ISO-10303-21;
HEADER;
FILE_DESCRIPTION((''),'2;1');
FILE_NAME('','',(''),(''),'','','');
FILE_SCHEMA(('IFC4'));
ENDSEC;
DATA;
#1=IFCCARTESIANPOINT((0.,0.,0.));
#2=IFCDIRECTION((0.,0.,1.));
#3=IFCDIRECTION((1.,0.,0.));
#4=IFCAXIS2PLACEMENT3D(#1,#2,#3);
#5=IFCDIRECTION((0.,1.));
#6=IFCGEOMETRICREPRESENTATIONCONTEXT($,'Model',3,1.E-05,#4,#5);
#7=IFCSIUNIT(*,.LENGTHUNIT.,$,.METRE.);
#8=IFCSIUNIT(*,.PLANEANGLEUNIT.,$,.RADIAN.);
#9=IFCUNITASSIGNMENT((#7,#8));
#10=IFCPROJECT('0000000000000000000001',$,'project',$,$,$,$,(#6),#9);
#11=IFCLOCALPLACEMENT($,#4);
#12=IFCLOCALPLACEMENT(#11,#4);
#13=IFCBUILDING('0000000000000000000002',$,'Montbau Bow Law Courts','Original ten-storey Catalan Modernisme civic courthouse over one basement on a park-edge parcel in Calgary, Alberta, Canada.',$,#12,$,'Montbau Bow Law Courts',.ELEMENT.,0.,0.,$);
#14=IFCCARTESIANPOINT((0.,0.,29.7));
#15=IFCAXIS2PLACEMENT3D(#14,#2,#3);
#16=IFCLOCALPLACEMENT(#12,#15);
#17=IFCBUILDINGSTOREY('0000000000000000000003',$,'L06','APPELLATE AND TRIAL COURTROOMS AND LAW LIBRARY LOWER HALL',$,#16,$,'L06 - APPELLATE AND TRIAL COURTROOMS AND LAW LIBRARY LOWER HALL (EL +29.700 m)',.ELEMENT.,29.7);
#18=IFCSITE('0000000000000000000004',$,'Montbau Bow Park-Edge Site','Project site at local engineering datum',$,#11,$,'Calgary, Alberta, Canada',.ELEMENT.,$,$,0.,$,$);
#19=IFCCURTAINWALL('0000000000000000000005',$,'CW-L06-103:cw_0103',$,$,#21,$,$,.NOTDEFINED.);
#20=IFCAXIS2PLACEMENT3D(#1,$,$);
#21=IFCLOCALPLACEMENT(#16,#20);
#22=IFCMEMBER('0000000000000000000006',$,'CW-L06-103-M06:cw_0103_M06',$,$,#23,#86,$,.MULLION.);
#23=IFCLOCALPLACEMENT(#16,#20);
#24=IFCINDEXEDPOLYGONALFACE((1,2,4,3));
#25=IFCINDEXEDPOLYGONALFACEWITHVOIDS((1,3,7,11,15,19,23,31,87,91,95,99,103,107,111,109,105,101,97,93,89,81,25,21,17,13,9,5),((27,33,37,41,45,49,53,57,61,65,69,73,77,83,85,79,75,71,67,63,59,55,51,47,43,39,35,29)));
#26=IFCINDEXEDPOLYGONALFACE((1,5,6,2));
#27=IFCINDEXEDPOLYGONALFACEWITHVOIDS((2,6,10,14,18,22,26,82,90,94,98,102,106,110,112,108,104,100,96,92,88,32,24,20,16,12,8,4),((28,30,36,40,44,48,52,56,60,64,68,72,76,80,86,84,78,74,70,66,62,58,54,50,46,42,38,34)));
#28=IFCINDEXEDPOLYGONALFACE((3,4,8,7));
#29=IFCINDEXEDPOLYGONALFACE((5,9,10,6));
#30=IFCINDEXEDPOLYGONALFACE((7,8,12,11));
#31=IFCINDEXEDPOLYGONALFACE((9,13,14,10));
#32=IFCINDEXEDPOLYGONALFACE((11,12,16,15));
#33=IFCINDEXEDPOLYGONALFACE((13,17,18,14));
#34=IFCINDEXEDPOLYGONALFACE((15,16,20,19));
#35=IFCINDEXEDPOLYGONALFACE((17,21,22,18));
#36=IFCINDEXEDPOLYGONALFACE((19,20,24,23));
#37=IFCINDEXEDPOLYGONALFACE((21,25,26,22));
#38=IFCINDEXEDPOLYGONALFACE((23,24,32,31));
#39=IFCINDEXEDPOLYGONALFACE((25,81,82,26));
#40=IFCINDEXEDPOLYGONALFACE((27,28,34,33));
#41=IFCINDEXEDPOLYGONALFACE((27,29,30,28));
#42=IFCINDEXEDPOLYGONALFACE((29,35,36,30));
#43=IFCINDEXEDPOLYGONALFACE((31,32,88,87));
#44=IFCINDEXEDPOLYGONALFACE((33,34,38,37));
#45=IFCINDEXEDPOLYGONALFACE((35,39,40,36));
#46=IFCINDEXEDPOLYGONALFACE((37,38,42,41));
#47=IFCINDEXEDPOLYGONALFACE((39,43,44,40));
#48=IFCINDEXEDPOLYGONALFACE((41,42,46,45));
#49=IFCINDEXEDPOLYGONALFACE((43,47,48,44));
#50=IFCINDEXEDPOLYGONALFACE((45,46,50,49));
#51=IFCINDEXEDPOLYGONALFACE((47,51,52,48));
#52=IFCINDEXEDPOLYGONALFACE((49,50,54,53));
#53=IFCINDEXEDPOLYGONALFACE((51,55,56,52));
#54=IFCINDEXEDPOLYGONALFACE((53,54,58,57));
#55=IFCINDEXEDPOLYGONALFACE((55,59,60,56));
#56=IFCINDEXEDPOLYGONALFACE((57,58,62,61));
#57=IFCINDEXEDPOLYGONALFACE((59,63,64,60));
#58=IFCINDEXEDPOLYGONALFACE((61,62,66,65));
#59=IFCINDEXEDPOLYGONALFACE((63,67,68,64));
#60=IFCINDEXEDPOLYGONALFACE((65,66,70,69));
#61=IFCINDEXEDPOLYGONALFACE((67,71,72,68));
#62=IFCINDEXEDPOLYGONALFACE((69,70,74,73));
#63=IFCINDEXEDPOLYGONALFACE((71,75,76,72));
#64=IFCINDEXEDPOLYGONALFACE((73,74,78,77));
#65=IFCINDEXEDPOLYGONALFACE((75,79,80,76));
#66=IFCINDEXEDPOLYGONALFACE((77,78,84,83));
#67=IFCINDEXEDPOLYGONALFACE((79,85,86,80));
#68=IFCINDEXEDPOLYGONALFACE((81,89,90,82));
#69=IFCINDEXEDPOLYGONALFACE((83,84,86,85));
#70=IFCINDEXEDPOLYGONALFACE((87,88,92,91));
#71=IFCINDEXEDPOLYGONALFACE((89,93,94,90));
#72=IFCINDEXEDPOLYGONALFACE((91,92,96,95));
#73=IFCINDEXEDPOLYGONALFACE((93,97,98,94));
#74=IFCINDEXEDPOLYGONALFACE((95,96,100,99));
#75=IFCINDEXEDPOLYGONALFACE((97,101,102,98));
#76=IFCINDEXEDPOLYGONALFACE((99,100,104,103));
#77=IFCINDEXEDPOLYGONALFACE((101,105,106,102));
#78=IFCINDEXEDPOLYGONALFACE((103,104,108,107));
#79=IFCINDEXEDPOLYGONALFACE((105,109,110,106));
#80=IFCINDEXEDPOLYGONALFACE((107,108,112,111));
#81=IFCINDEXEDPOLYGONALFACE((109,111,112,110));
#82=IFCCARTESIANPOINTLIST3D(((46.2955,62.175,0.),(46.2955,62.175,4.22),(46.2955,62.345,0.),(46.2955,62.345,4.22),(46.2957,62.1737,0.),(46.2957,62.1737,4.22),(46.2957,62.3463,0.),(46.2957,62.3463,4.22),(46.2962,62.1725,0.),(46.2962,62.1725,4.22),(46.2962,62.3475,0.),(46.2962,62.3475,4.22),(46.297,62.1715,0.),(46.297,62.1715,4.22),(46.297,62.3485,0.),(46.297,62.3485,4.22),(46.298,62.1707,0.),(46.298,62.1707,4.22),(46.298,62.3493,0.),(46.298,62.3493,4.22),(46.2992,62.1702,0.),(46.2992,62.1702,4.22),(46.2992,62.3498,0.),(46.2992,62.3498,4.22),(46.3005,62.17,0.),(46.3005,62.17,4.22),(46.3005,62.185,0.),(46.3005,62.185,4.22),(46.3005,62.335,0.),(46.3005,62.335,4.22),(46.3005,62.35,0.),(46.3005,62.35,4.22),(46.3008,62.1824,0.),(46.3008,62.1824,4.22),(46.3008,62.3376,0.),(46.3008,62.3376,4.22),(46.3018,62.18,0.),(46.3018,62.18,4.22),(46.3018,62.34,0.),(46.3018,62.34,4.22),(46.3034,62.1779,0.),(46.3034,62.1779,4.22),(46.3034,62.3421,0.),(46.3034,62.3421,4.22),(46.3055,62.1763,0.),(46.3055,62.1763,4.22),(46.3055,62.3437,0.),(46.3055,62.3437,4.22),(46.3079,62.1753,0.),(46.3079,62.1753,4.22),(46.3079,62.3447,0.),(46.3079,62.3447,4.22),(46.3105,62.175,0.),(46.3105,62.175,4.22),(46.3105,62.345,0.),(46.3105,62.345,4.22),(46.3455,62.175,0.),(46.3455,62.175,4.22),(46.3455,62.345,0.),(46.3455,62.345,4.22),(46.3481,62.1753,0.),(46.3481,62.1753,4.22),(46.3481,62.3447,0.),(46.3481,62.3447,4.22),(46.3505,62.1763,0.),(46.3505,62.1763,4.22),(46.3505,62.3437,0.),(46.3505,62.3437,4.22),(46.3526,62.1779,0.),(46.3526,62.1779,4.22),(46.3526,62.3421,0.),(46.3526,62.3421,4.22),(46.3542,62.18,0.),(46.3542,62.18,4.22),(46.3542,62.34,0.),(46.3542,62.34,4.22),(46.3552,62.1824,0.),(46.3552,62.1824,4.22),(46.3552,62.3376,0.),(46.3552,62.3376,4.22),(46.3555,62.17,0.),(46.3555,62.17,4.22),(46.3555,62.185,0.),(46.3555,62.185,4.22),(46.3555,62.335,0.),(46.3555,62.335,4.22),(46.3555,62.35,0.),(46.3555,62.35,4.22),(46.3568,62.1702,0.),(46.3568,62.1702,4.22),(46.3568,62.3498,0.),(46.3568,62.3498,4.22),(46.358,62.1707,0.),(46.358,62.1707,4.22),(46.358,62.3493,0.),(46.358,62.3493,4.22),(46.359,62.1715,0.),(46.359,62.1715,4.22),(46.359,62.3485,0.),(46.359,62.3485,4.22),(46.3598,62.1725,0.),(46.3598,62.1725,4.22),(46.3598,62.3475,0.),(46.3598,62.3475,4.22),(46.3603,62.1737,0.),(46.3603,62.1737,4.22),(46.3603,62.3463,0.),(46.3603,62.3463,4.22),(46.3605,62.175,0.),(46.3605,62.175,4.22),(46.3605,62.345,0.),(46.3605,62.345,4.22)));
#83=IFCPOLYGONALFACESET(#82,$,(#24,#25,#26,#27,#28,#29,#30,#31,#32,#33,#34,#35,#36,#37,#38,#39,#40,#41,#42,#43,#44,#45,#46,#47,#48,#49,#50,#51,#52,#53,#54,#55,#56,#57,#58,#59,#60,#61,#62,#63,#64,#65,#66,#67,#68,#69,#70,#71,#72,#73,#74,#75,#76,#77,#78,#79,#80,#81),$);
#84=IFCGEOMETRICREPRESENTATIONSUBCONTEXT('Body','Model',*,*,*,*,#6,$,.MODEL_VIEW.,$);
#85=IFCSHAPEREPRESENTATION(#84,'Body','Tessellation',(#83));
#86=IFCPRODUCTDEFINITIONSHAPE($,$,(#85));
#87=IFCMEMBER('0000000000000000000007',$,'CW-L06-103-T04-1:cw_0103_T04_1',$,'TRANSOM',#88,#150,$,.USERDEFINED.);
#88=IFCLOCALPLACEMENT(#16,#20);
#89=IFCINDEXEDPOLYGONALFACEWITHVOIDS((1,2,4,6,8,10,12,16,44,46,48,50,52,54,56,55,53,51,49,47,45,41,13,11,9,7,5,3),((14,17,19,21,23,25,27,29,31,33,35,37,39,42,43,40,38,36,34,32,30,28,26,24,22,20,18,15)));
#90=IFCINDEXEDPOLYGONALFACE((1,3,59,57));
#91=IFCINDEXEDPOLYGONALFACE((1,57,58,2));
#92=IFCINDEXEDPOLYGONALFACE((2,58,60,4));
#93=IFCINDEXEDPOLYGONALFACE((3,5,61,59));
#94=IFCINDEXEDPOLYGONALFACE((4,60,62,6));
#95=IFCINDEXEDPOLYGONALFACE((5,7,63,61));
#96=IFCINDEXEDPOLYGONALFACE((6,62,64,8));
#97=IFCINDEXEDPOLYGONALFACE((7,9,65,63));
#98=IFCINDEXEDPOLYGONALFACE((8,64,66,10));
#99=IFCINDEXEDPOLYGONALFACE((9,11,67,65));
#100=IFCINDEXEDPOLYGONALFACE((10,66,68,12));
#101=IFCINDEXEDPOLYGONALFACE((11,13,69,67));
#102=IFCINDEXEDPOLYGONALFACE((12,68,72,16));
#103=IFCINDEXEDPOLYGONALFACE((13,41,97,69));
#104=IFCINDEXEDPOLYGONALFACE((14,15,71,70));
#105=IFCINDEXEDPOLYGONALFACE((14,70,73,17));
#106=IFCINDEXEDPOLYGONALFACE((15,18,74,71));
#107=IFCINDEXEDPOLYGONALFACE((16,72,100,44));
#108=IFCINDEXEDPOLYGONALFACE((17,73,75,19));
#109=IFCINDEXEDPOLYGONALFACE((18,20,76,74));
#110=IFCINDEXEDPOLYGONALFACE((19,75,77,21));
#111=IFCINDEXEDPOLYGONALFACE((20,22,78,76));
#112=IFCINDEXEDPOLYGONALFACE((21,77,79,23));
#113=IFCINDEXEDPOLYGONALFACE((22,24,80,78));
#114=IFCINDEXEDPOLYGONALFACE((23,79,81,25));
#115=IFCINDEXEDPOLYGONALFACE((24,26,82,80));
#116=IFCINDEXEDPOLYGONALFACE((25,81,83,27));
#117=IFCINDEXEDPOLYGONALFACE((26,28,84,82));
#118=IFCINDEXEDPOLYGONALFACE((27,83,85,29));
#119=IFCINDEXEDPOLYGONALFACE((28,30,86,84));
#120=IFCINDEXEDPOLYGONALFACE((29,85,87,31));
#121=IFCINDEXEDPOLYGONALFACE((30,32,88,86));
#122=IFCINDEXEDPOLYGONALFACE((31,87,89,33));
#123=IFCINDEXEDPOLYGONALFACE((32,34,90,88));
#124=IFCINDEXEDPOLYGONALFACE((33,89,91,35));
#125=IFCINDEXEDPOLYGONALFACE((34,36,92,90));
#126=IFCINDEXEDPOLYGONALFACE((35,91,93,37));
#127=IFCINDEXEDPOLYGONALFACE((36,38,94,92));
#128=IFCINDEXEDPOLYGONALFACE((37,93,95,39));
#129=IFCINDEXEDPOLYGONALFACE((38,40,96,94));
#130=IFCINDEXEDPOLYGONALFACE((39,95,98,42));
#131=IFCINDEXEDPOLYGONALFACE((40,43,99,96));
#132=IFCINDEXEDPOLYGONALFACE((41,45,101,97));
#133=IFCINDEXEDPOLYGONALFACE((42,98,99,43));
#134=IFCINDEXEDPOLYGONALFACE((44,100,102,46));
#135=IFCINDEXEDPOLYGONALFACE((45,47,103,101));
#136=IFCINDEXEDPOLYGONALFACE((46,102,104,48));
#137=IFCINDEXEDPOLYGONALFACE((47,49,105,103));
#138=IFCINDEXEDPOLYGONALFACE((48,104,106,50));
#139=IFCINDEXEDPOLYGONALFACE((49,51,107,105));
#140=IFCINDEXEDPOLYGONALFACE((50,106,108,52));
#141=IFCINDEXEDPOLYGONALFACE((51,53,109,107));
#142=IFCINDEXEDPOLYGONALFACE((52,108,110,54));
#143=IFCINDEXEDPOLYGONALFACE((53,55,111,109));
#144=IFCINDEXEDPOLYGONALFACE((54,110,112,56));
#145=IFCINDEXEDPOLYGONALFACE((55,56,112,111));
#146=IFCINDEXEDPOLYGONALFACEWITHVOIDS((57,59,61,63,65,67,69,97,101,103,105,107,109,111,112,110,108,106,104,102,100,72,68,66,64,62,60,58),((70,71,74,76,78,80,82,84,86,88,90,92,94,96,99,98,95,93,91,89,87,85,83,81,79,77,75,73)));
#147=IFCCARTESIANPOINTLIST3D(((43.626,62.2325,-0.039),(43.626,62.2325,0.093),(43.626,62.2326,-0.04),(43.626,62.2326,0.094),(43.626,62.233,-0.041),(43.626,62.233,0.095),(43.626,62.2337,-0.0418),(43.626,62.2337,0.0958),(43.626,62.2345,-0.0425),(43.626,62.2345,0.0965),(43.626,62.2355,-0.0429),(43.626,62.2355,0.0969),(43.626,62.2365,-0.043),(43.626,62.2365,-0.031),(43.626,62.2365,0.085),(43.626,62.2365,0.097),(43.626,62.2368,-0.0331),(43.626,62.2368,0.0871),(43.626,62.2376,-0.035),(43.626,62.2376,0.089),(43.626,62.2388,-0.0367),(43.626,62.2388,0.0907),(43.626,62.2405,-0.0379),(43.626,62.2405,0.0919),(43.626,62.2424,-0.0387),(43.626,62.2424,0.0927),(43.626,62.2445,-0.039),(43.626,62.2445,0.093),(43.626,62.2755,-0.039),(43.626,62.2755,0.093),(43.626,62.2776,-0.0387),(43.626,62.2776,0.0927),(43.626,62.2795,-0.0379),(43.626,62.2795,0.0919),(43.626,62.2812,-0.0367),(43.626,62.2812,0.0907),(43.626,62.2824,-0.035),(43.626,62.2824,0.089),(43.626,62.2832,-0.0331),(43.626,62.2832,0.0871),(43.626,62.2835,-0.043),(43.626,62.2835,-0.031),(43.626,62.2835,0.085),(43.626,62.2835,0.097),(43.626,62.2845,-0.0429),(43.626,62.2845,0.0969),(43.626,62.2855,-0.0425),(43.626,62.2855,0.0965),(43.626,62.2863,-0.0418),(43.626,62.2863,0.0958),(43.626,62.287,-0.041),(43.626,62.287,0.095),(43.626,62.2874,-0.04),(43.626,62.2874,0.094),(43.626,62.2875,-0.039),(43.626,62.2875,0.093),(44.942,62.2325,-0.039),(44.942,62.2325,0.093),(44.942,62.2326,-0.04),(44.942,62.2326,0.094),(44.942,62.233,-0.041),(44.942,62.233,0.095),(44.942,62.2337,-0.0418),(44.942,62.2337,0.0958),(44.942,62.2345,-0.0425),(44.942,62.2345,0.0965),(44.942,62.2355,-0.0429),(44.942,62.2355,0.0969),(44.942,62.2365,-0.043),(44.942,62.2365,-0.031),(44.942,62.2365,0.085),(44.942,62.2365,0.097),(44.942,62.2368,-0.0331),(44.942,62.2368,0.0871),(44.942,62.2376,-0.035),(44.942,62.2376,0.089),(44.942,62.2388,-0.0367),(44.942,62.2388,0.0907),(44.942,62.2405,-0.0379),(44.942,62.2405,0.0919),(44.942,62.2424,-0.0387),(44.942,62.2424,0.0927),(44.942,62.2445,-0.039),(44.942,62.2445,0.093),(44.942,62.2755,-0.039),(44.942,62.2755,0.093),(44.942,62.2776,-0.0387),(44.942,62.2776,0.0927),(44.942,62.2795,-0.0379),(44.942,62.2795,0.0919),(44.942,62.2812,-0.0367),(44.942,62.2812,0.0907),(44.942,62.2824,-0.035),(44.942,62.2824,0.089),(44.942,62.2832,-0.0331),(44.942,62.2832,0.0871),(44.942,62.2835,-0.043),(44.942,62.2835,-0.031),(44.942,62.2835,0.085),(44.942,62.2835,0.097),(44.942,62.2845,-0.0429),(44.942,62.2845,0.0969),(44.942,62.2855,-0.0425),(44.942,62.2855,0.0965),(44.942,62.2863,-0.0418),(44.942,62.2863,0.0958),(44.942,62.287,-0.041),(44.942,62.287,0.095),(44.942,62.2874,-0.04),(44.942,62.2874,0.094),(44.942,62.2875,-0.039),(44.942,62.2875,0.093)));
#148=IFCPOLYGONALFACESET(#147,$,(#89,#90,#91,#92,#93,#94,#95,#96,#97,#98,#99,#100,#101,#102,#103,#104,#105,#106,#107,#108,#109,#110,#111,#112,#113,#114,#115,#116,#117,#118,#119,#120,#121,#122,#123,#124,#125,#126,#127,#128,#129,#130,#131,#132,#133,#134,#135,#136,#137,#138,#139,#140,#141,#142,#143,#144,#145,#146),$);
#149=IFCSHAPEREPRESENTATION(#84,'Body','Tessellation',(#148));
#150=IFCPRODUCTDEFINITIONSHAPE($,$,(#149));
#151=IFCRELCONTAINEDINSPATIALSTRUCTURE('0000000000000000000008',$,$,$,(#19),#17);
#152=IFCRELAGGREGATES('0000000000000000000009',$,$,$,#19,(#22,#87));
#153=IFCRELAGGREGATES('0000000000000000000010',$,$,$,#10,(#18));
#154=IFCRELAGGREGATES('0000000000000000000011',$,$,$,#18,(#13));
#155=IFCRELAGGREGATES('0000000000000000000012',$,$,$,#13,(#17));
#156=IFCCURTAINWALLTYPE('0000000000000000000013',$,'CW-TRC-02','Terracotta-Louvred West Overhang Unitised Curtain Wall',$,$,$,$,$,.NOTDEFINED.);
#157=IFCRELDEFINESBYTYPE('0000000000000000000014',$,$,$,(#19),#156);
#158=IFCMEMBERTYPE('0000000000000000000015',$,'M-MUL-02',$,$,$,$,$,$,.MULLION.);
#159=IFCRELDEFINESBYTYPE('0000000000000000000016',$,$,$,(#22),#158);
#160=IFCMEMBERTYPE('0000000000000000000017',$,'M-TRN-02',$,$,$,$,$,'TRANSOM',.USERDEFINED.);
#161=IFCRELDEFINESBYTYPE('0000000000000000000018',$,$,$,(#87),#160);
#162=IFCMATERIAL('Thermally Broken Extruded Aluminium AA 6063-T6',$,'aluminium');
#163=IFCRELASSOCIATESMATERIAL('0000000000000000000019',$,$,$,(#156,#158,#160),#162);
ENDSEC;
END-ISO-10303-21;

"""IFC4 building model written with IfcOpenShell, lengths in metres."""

from ifc_helpers import new_model, si_unit, direction, frame, origin_with_axes, origin_2d_with_axis, place, context, subcontext, project, spatial, hollow_rectangle, extrude, material, material_profile, profile_set, type_object, element, aggregate, save


model = new_model("IFC4")

# Units and contexts
model_context = context("Model", 3, precision=1e-05, world=origin_with_axes(), true_north=direction((0.0, 1.0)))
body_context = subcontext(model_context, "Body", "Model", "MODEL_VIEW")
ifc_project = project(units=[si_unit("LENGTHUNIT", "METRE"), si_unit("PLANEANGLEUNIT", "RADIAN")], contexts=[model_context])

# Site, building, storey
site_placement = place(None, origin_with_axes())
site = spatial("IfcSite", under=ifc_project, at=site_placement, Name="Montbau Bow Park-Edge Site", Description="Project site at local engineering datum", LongName="Calgary, Alberta, Canada", CompositionType="ELEMENT", RefElevation=0.0)
building_placement = place(site_placement, origin_with_axes())
building = spatial("IfcBuilding", under=site, at=building_placement, Name="Montbau Bow Law Courts", Description="Original ten-storey Catalan Modernisme civic courthouse over one basement on a park-edge parcel in Calgary, Alberta, Canada.", LongName="Montbau Bow Law Courts", CompositionType="ELEMENT", ElevationOfRefHeight=0.0, ElevationOfTerrain=0.0)
storey_placement = place(building_placement, frame((0.0, 0.0, 29.7), z_axis=(0.0, 0.0, 1.0), x_axis=(1.0, 0.0, 0.0)))
storey = spatial("IfcBuildingStorey", under=building, at=storey_placement, Name="L06", Description="APPELLATE AND TRIAL COURTROOMS AND LAW LIBRARY LOWER HALL", LongName="L06 - APPELLATE AND TRIAL COURTROOMS AND LAW LIBRARY LOWER HALL (EL +29.700 m)", CompositionType="ELEMENT", Elevation=29.7)

# Curtain wall, members
ifc_material_1 = material(Name="Thermally Broken Extruded Aluminium AA 6063-T6", Category="aluminium")
curtain_wall_type = type_object("IfcCurtainWallType", Name="CW-TRC-02", Description="Terracotta-Louvred West Overhang Unitised Curtain Wall", PredefinedType="NOTDEFINED", material=ifc_material_1)
curtain_wall_placement = place(None, frame((39.44, 62.26, 29.7), z_axis=(0.0, 0.0, 1.0), x_axis=(1.0, 0.0, 0.0)))
curtain_wall = element("IfcCurtainWall", 1, at=curtain_wall_placement, inside=storey, type_object=curtain_wall_type, Name="CW-L06-103:cw_0103", PredefinedType="NOTDEFINED")
ifc_material_profile_1 = material_profile(ifc_material_1, hollow_rectangle(XDim=0.065, YDim=0.18, WallThickness=0.005, InnerFilletRadius=0.01, OuterFilletRadius=0.005, at=origin_2d_with_axis()), Name="CWM-180X65", Category="Main", Priority=0)
ifc_profile_set_1 = profile_set([ifc_material_profile_1], Name="Thermally Broken Extruded Aluminium AA 6063-T6")
member_type_1 = type_object("IfcMemberType", Name="M-MUL-02", PredefinedType="MULLION", material=ifc_profile_set_1)
member_1_placement = place(None, frame((46.328, 62.26, 29.7), z_axis=(0.0, 0.0, 1.0), x_axis=(1.0, 0.0, 0.0)))
member_1 = element("IfcMember", 2, at=member_1_placement, type_object=member_type_1, Name="CW-L06-103-M06:cw_0103_M06", PredefinedType="MULLION", context=body_context, shape_type="SweptSolid", body=[
    extrude(hollow_rectangle(XDim=0.065, YDim=0.18, WallThickness=0.005, InnerFilletRadius=0.01, OuterFilletRadius=0.005, at=origin_2d_with_axis()), origin_with_axes(), (0.0, 0.0, 1.0), 4.22),
])
ifc_material_profile_2 = material_profile(ifc_material_1, hollow_rectangle(XDim=0.055, YDim=0.14, WallThickness=0.004, InnerFilletRadius=0.008, OuterFilletRadius=0.004, at=origin_2d_with_axis()), Name="CWT-140X55", Category="Main", Priority=0)
ifc_profile_set_2 = profile_set([ifc_material_profile_2], Name="Thermally Broken Extruded Aluminium AA 6063-T6")
member_type_2 = type_object("IfcMemberType", Name="M-TRN-02", ElementType="TRANSOM", PredefinedType="USERDEFINED", material=ifc_profile_set_2)
member_2_placement = place(None, frame((43.626, 62.26, 29.727), z_axis=(1.0, 0.0, 0.0), x_axis=(0.0, 1.0, 0.0)))
member_2 = element("IfcMember", 3, at=member_2_placement, type_object=member_type_2, Name="CW-L06-103-T04-1:cw_0103_T04_1", ObjectType="TRANSOM", PredefinedType="USERDEFINED", context=body_context, shape_type="SweptSolid", body=[
    extrude(hollow_rectangle(XDim=0.055, YDim=0.14, WallThickness=0.004, InnerFilletRadius=0.008, OuterFilletRadius=0.004, at=origin_2d_with_axis()), origin_with_axes(), (0.0, 0.0, 1.0), 1.316),
])
aggregate(curtain_wall, [member_1, member_2])

save(model, "model.ifc")
